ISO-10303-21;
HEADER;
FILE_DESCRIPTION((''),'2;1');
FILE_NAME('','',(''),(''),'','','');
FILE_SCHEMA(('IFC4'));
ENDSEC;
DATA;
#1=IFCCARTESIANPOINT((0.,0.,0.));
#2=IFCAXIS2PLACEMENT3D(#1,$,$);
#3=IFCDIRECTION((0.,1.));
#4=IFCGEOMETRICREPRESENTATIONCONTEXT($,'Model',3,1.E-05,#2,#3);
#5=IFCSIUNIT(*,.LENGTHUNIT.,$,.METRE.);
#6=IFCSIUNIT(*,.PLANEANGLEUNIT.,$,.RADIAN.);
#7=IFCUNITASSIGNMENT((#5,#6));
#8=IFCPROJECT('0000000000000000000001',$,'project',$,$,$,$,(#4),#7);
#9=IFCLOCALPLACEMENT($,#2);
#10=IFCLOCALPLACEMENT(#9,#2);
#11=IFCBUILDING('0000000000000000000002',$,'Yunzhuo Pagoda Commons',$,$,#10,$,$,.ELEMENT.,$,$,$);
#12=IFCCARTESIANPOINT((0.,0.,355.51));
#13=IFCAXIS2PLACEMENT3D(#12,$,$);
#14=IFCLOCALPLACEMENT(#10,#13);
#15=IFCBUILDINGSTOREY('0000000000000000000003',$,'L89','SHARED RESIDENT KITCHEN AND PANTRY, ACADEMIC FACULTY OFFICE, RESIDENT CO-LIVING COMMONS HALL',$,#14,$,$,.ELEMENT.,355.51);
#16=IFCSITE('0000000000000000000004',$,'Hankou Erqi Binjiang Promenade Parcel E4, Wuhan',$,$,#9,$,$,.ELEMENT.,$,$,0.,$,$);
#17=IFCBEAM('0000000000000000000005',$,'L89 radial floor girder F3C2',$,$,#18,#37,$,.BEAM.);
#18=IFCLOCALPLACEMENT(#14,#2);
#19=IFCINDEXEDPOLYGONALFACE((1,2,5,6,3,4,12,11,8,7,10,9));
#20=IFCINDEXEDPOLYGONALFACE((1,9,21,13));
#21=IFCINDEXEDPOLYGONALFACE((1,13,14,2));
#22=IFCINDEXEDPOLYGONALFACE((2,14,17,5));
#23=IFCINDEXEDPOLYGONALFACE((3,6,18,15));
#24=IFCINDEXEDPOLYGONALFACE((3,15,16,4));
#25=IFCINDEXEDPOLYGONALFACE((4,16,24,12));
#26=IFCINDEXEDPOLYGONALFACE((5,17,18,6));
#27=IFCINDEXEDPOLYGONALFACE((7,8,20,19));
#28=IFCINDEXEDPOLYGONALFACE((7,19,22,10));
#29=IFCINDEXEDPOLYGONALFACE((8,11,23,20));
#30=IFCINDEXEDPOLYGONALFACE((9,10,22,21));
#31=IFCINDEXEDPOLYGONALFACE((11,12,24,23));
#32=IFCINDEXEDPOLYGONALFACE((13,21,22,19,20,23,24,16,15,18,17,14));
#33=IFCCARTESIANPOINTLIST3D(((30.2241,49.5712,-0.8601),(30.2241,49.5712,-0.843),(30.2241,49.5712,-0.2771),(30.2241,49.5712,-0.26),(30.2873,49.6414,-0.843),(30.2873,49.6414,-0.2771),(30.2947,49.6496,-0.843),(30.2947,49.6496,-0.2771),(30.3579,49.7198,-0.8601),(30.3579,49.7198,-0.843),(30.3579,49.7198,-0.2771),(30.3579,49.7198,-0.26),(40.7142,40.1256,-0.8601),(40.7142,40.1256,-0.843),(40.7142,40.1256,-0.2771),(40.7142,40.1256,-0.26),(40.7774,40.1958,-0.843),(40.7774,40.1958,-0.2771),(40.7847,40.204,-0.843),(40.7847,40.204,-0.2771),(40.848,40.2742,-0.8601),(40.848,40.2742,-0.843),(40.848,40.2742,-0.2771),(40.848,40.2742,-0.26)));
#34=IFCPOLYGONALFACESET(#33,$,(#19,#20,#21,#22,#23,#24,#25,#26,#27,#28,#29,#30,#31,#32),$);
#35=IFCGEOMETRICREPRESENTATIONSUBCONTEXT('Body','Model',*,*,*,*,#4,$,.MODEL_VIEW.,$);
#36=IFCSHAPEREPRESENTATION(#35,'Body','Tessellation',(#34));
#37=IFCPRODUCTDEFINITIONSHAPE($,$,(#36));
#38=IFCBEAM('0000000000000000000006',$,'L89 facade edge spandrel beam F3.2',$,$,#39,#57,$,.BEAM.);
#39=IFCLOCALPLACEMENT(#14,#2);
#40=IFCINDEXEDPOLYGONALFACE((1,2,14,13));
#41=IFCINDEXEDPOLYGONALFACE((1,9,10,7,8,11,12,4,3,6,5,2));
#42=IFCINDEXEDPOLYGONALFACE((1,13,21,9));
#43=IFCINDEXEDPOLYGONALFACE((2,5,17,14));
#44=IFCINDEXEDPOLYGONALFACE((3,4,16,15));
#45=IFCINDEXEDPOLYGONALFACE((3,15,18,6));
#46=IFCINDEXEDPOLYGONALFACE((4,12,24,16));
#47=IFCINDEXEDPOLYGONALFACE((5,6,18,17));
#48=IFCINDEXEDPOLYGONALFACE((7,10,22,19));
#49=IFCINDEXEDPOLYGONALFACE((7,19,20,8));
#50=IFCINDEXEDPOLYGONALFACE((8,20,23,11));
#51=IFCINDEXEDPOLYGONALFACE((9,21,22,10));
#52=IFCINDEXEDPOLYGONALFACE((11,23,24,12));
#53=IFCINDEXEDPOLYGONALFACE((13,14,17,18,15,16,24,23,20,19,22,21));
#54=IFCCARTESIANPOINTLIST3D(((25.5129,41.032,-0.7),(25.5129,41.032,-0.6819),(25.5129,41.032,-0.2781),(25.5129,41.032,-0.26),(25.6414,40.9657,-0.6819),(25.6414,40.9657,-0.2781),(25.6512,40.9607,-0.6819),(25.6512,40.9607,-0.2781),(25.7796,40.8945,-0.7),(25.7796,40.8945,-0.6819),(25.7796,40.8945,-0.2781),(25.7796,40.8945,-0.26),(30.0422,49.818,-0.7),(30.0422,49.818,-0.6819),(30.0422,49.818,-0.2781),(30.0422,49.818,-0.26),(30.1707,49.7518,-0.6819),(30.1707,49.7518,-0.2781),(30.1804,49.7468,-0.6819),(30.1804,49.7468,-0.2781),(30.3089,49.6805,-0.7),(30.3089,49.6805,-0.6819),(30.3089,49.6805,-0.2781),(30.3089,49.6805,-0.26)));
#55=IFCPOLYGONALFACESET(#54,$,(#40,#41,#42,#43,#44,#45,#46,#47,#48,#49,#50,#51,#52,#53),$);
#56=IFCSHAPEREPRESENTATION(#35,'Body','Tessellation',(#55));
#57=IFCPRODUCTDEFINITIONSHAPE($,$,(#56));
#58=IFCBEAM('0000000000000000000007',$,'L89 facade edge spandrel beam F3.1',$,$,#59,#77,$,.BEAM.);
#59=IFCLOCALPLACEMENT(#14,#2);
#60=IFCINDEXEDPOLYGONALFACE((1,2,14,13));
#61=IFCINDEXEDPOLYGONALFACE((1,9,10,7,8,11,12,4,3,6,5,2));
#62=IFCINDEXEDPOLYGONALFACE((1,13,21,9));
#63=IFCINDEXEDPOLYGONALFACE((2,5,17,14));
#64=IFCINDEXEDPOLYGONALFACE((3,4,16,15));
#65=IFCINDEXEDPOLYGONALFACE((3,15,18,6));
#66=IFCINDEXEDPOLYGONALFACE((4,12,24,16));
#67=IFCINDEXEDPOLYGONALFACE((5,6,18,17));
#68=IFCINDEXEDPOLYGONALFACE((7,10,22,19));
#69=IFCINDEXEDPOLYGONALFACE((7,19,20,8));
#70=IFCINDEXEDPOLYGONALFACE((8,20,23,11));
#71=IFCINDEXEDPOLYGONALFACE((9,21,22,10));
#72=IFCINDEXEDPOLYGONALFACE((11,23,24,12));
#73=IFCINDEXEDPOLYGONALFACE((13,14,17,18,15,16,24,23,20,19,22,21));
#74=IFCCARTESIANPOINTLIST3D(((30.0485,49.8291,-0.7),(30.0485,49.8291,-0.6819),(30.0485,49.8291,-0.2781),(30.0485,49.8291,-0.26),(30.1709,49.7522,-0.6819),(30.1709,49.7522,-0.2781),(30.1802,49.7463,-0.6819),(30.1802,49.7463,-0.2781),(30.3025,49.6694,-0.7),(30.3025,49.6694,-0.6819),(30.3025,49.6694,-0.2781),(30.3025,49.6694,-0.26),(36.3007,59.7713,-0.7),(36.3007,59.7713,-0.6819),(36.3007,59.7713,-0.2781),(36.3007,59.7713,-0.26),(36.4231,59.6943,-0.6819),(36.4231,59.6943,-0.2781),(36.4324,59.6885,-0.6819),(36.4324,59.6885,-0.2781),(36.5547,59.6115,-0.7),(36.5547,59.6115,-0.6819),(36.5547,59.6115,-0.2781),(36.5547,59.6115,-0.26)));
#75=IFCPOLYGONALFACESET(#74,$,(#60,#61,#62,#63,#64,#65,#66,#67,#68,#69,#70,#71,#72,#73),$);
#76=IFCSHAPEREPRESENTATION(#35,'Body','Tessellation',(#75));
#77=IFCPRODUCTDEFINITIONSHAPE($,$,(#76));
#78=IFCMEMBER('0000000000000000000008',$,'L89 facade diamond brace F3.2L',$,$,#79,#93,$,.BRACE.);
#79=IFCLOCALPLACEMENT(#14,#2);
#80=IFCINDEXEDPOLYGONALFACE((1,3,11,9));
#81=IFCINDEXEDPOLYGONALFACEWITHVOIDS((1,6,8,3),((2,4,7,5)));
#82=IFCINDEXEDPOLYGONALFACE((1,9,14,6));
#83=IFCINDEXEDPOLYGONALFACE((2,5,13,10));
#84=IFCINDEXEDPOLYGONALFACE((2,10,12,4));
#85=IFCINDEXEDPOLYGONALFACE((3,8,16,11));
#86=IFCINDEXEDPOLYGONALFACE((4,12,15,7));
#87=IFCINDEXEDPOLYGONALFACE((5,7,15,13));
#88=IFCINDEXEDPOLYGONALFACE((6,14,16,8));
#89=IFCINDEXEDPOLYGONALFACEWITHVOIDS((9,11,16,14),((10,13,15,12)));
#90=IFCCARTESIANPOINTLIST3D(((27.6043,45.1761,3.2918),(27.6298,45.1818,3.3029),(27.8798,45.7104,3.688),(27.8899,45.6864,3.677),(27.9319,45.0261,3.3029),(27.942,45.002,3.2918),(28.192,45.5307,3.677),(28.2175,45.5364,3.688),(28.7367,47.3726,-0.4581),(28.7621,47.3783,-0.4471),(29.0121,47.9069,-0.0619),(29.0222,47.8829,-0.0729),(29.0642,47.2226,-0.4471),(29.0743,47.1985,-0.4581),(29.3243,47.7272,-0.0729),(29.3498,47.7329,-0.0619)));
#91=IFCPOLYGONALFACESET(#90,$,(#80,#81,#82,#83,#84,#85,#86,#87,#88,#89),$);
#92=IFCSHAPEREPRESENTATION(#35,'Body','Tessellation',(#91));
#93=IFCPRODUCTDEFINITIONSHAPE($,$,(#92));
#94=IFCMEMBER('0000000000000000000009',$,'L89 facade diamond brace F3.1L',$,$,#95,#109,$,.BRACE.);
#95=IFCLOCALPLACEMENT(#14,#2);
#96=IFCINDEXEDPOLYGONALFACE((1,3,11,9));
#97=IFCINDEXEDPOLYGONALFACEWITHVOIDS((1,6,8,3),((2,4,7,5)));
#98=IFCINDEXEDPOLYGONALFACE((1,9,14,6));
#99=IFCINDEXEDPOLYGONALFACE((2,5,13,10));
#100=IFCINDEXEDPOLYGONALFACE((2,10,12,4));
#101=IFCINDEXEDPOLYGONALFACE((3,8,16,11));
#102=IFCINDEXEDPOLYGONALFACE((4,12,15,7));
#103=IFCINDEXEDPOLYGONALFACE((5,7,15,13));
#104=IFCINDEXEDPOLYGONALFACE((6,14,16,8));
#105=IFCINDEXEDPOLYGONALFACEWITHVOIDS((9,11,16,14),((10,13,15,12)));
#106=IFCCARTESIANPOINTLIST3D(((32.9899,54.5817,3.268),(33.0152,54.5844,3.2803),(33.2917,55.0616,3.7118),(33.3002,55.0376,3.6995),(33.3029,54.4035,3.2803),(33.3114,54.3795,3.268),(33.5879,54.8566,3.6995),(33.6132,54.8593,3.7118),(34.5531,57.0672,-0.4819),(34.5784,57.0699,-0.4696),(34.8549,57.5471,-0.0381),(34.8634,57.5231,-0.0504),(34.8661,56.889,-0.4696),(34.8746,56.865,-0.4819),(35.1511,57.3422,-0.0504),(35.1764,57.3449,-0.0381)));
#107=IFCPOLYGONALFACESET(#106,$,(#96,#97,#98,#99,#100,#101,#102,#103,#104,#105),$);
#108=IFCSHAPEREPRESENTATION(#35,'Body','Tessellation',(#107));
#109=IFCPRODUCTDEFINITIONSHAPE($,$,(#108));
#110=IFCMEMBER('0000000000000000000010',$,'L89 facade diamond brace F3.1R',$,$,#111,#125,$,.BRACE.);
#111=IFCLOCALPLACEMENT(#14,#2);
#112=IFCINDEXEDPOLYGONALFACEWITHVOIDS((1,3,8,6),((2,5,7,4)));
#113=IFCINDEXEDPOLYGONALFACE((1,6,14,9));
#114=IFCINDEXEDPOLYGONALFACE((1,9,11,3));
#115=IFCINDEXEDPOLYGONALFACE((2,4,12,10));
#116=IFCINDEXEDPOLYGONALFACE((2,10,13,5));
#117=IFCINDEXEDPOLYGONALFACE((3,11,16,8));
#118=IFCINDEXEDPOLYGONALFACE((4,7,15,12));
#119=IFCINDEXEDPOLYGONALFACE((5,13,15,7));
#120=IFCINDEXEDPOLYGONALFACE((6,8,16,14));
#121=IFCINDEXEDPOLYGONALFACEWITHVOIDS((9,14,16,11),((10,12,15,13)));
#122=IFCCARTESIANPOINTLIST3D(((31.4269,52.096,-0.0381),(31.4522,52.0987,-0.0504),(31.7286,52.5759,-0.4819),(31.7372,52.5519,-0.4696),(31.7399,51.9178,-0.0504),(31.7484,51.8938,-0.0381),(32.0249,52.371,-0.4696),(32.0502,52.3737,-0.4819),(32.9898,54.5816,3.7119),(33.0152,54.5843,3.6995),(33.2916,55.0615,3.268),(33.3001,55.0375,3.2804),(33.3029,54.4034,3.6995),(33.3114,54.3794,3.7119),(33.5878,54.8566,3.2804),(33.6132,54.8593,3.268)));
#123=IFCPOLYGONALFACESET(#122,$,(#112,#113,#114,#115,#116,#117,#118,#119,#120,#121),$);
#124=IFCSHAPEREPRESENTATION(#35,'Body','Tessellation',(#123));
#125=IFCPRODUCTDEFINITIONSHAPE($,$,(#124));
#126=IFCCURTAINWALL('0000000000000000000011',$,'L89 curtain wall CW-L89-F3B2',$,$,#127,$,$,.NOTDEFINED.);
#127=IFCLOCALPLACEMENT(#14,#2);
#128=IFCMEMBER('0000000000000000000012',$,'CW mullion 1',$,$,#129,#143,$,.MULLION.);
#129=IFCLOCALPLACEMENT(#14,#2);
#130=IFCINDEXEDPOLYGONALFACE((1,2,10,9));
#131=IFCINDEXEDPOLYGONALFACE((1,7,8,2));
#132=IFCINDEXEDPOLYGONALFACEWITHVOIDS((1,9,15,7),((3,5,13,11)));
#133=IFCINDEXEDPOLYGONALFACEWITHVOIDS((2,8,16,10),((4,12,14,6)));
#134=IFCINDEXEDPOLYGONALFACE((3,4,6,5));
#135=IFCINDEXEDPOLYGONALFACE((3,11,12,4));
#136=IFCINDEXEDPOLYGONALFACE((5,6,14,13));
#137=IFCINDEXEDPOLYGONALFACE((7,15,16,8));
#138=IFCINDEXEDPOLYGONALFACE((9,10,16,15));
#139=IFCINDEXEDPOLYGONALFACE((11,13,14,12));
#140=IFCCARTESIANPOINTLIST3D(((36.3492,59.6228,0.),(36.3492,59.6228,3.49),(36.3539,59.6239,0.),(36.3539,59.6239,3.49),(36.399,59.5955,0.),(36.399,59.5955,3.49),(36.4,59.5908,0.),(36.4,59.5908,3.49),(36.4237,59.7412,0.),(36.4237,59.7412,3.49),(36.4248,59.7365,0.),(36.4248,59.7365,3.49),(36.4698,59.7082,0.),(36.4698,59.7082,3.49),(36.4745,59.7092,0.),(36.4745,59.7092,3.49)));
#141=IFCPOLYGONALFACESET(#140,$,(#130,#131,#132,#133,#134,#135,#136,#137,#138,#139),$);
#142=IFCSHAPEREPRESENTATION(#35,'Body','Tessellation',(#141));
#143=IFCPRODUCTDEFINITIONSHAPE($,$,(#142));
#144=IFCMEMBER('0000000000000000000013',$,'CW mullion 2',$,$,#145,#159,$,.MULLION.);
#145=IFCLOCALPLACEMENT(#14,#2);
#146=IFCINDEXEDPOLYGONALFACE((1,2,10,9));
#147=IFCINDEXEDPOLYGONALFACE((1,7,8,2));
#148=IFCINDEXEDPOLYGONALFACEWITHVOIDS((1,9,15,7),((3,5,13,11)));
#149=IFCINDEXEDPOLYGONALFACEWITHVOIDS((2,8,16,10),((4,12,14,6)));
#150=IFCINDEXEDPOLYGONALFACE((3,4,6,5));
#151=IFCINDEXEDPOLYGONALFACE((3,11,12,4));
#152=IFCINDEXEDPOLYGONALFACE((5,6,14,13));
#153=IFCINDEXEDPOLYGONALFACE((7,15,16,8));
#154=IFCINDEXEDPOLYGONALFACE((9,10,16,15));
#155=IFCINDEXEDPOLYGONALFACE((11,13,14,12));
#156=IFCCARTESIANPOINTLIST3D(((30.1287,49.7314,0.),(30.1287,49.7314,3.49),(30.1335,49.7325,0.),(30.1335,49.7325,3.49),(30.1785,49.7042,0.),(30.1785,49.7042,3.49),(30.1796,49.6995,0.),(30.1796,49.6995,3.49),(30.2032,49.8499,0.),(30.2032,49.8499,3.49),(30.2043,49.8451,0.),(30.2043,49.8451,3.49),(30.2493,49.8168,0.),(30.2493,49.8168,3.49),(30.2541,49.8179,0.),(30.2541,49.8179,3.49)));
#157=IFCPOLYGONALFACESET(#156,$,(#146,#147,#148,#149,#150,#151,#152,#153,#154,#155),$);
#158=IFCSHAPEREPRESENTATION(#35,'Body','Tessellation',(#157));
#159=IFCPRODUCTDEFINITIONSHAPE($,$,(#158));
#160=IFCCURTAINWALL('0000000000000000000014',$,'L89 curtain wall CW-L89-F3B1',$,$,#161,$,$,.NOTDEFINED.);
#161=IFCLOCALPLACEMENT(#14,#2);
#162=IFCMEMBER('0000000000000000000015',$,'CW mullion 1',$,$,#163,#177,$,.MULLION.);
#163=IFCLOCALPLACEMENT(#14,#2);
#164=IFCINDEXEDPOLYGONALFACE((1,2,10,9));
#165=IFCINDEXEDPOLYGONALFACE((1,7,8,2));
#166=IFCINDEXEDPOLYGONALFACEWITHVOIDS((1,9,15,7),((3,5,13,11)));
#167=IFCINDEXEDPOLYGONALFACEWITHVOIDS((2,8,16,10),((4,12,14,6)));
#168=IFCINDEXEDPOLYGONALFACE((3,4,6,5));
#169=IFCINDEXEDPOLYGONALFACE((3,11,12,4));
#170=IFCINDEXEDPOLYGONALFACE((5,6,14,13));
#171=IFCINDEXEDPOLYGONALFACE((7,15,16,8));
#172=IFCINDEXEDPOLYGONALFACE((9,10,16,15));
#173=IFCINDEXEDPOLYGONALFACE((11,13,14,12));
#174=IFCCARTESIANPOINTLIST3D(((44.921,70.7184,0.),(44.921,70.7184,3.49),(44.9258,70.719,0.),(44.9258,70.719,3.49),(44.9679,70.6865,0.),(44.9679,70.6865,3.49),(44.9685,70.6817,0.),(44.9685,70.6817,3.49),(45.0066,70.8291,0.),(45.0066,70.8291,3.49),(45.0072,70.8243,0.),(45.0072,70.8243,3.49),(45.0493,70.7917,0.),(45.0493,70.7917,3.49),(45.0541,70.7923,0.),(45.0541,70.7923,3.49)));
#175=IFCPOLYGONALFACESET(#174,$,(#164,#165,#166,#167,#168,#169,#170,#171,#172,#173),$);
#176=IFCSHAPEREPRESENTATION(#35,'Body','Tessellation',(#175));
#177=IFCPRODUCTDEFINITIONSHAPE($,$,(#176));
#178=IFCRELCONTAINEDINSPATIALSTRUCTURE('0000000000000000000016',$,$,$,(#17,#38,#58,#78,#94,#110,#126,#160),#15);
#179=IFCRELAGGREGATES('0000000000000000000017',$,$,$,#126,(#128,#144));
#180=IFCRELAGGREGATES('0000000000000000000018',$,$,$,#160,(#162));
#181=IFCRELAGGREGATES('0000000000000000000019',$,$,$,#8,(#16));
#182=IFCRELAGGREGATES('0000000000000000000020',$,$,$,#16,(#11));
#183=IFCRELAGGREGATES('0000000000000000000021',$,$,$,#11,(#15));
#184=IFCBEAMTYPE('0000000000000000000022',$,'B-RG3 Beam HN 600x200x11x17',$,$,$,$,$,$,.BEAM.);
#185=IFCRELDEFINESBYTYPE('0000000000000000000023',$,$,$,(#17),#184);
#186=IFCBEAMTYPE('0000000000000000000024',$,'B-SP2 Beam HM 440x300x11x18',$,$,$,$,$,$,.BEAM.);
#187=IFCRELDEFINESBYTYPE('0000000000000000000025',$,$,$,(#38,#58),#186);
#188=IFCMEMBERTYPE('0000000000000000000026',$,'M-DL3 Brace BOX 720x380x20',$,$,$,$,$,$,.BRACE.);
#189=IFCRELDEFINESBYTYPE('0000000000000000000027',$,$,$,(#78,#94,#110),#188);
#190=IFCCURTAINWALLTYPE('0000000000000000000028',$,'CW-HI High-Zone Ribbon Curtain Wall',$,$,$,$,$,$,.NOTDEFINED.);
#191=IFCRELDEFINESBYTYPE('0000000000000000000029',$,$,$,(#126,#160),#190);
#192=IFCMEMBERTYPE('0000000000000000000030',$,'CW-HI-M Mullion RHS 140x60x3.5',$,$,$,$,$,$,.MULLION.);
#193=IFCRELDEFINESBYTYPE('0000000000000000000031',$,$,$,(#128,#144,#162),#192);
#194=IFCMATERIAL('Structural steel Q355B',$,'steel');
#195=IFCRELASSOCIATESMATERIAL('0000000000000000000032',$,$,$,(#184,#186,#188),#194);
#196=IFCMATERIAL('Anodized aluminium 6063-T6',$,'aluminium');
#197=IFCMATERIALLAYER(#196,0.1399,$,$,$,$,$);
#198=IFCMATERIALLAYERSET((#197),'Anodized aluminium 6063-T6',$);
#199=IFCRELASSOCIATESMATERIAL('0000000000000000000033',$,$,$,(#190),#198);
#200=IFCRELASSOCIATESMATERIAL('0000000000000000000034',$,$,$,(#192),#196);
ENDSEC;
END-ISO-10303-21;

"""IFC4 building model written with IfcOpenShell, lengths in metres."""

from ifc_helpers import new_model, si_unit, direction, frame, origin, origin_2d, place, context, subcontext, project, spatial, hollow_rectangle, i_section, extrude, source, transform, mapped, material, layer, layer_set, material_profile, profile_set, type_object, element, aggregate, save


model = new_model("IFC4")

# Units and contexts
model_context = context("Model", 3, precision=1e-05, world=origin(), true_north=direction((0.0, 1.0)))
body_context = subcontext(model_context, "Body", "Model", "MODEL_VIEW")
ifc_project = project(units=[si_unit("LENGTHUNIT", "METRE"), si_unit("PLANEANGLEUNIT", "RADIAN")], contexts=[model_context])

# Site, building, storey
site_placement = place(None, origin())
site = spatial("IfcSite", under=ifc_project, at=site_placement, Name="Hankou Erqi Binjiang Promenade Parcel E4, Wuhan", CompositionType="ELEMENT", RefElevation=0.0)
building_placement = place(site_placement, origin())
building = spatial("IfcBuilding", under=site, at=building_placement, Name="Yunzhuo Pagoda Commons", CompositionType="ELEMENT")
storey_placement = place(building_placement, frame((0.0, 0.0, 355.51)))
storey = spatial("IfcBuildingStorey", under=building, at=storey_placement, Name="L89", Description="SHARED RESIDENT KITCHEN AND PANTRY, ACADEMIC FACULTY OFFICE, RESIDENT CO-LIVING COMMONS HALL", CompositionType="ELEMENT", Elevation=355.51)

# Shared definitions
ifc_material_1 = material(Name="Structural steel Q355B", Category="steel")

# Beams
ifc_material_profile_1 = material_profile(ifc_material_1, i_section(OverallWidth=0.2, OverallDepth=0.6001, WebThickness=0.011, FlangeThickness=0.0171, at=origin_2d()), Name="Structural steel Q355B")
ifc_profile_set_1 = profile_set([ifc_material_profile_1], Name="Structural steel Q355B")
beam_type_1 = type_object("IfcBeamType", Name="B-RG3 Beam HN 600x200x11x17", PredefinedType="BEAM", material=ifc_profile_set_1)
shared_shape_1 = source(origin(), body_context, "Body", "SweptSolid", [
    extrude(i_section(OverallWidth=0.2, OverallDepth=0.6001, WebThickness=0.011, FlangeThickness=0.0171, at=origin_2d()), origin(), (0.0, 0.0, 1.0), 14.116),
])
beam_1_placement = place(storey_placement, frame((30.291, 49.6455, -0.5601), z_axis=(0.743133, -0.669143, 0.0), x_axis=(0.669143, 0.743133, 0.0)))
element("IfcBeam", 1, at=beam_1_placement, inside=storey, type_object=beam_type_1, Name="L89 radial floor girder F3C2", PredefinedType="BEAM", context=body_context, shape_type="MappedRepresentation", body=[
    mapped(shared_shape_1, transform((0.0, 0.0, 0.0), scale=1.0)),
])
ifc_material_profile_2 = material_profile(ifc_material_1, i_section(OverallWidth=0.3, OverallDepth=0.4399, WebThickness=0.011, FlangeThickness=0.0181, at=origin_2d()), Name="Structural steel Q355B")
ifc_profile_set_2 = profile_set([ifc_material_profile_2], Name="Structural steel Q355B")
beam_type_2 = type_object("IfcBeamType", Name="B-SP2 Beam HM 440x300x11x18", PredefinedType="BEAM", material=ifc_profile_set_2)
shared_shape_2 = source(origin(), body_context, "Body", "SweptSolid", [
    extrude(i_section(OverallWidth=0.3, OverallDepth=0.4399, WebThickness=0.011, FlangeThickness=0.0181, at=origin_2d()), origin(), (0.0, 0.0, 1.0), 9.8848),
])
beam_2_placement = place(storey_placement, frame((30.1755, 49.7493, -0.48), z_axis=(-0.458205, -0.888847, 0.0), x_axis=(0.888847, -0.458205, 0.0)))
element("IfcBeam", 2, at=beam_2_placement, inside=storey, type_object=beam_type_2, Name="L89 facade edge spandrel beam F3.2", PredefinedType="BEAM", context=body_context, shape_type="MappedRepresentation", body=[
    mapped(shared_shape_2, transform((0.0, 0.0, 0.0), scale=1.0)),
])
shared_shape_3 = source(origin(), body_context, "Body", "SweptSolid", [
    extrude(i_section(OverallWidth=0.3, OverallDepth=0.4399, WebThickness=0.011, FlangeThickness=0.0181, at=origin_2d()), origin(), (0.0, 0.0, 1.0), 11.7446),
])
beam_3_placement = place(storey_placement, frame((36.4277, 59.6914, -0.48), z_axis=(-0.532346, -0.846527, 0.0), x_axis=(0.846527, -0.532346, 0.0)))
element("IfcBeam", 3, at=beam_3_placement, inside=storey, type_object=beam_type_2, Name="L89 facade edge spandrel beam F3.1", PredefinedType="BEAM", context=body_context, shape_type="MappedRepresentation", body=[
    mapped(shared_shape_3, transform((0.0, 0.0, 0.0), scale=1.0)),
])

# Members
ifc_material_profile_3 = material_profile(ifc_material_1, hollow_rectangle(XDim=0.3799, YDim=0.72, WallThickness=0.02, at=origin_2d()), Name="Structural steel Q355B")
ifc_profile_set_3 = profile_set([ifc_material_profile_3], Name="Structural steel Q355B")
member_type_1 = type_object("IfcMemberType", Name="M-DL3 Brace BOX 720x380x20", PredefinedType="BRACE", material=ifc_profile_set_3)
shared_shape_4 = source(origin(), body_context, "Body", "SweptSolid", [
    extrude(hollow_rectangle(XDim=0.3799, YDim=0.72, WallThickness=0.02, at=origin_2d()), origin(), (0.0, 0.0, 1.0), 4.491),
])
member_1_placement = place(storey_placement, frame((29.0432, 47.5527, -0.26), z_axis=(-0.25213, -0.489093, 0.834996), x_axis=(0.888847, -0.458205, 0.0)))
element("IfcMember", 4, at=member_1_placement, inside=storey, type_object=member_type_1, Name="L89 facade diamond brace F3.2L", PredefinedType="BRACE", context=body_context, shape_type="MappedRepresentation", body=[
    mapped(shared_shape_4, transform((0.0, 0.0, 0.0), scale=1.0)),
])
shared_shape_5 = source(origin(), body_context, "Body", "SweptSolid", [
    extrude(hollow_rectangle(XDim=0.3799, YDim=0.72, WallThickness=0.02, at=origin_2d()), origin(), (0.0, 0.0, 1.0), 4.7627),
])
for number, where, z_axis, x_axis, name in (
    (5, (34.8647, 57.2061, -0.26), (-0.328216, -0.521876, 0.78735), (0.846505, -0.532381, 0.0), "L89 facade diamond brace F3.1L"),
    (6, (31.7385, 52.2349, -0.26), (0.328171, 0.521884, 0.787363), (-0.846542, 0.532321, 0.0), "L89 facade diamond brace F3.1R"),
):
    element("IfcMember", number, at=place(storey_placement, frame(where, z_axis=z_axis, x_axis=x_axis)), inside=storey, type_object=member_type_1, Name=name, PredefinedType="BRACE", context=body_context, shape_type="MappedRepresentation", body=[
        mapped(shared_shape_5, transform((0.0, 0.0, 0.0), scale=1.0)),
    ])

# Curtain walls, members
ifc_material_2 = material(Name="Anodized aluminium 6063-T6", Category="aluminium")
ifc_layer_1 = layer(ifc_material_2, 0.1399)
ifc_layer_set_1 = layer_set([ifc_layer_1], Name="Anodized aluminium 6063-T6")
curtain_wall_type = type_object("IfcCurtainWallType", Name="CW-HI High-Zone Ribbon Curtain Wall", PredefinedType="NOTDEFINED", material=ifc_layer_set_1)
curtain_wall_1_placement = place(storey_placement, origin())
curtain_wall_1 = element("IfcCurtainWall", 7, at=curtain_wall_1_placement, inside=storey, type_object=curtain_wall_type, Name="L89 curtain wall CW-L89-F3B2", PredefinedType="NOTDEFINED")
ifc_material_profile_4 = material_profile(ifc_material_2, hollow_rectangle(XDim=0.0601, YDim=0.1399, WallThickness=0.0034, at=origin_2d()), Name="Anodized aluminium 6063-T6")
ifc_profile_set_4 = profile_set([ifc_material_profile_4], Name="Anodized aluminium 6063-T6")
member_type_2 = type_object("IfcMemberType", Name="CW-HI-M Mullion RHS 140x60x3.5", PredefinedType="MULLION", material=ifc_profile_set_4)
shared_shape_6 = source(origin(), body_context, "Body", "SweptSolid", [
    extrude(hollow_rectangle(XDim=0.0601, YDim=0.1399, WallThickness=0.0034, at=origin_2d()), origin(), (0.0, 0.0, 1.0), 3.49),
])
member_2_placement = place(storey_placement, frame((36.4119, 59.666, 0.0), z_axis=(0.0, 0.0, 1.0), x_axis=(0.846525, -0.53235, 0.0)))
member_2 = element("IfcMember", 8, at=member_2_placement, type_object=member_type_2, Name="CW mullion 1", PredefinedType="MULLION", context=body_context, shape_type="MappedRepresentation", body=[
    mapped(shared_shape_6, transform((0.0, 0.0, 0.0), scale=1.0)),
])
member_3_placement = place(storey_placement, frame((30.1914, 49.7747, 0.0), z_axis=(0.0, 0.0, 1.0), x_axis=(0.846525, -0.53235, 0.0)))
member_3 = element("IfcMember", 9, at=member_3_placement, type_object=member_type_2, Name="CW mullion 2", PredefinedType="MULLION", context=body_context, shape_type="MappedRepresentation", body=[
    mapped(shared_shape_6, transform((0.0, 0.0, 0.0), scale=1.0)),
])
curtain_wall_2_placement = place(storey_placement, origin())
curtain_wall_2 = element("IfcCurtainWall", 10, at=curtain_wall_2_placement, inside=storey, type_object=curtain_wall_type, Name="L89 curtain wall CW-L89-F3B1", PredefinedType="NOTDEFINED")
member_4_placement = place(storey_placement, frame((44.9875, 70.7554, 0.0), z_axis=(0.0, 0.0, 1.0), x_axis=(0.790927, -0.61191, 0.0)))
member_4 = element("IfcMember", 11, at=member_4_placement, type_object=member_type_2, Name="CW mullion 1", PredefinedType="MULLION", context=body_context, shape_type="MappedRepresentation", body=[
    mapped(shared_shape_6, transform((0.0, 0.0, 0.0), scale=1.0)),
])

aggregate(curtain_wall_1, [member_2, member_3])

aggregate(curtain_wall_2, [member_4])

save(model, "model.ifc")
